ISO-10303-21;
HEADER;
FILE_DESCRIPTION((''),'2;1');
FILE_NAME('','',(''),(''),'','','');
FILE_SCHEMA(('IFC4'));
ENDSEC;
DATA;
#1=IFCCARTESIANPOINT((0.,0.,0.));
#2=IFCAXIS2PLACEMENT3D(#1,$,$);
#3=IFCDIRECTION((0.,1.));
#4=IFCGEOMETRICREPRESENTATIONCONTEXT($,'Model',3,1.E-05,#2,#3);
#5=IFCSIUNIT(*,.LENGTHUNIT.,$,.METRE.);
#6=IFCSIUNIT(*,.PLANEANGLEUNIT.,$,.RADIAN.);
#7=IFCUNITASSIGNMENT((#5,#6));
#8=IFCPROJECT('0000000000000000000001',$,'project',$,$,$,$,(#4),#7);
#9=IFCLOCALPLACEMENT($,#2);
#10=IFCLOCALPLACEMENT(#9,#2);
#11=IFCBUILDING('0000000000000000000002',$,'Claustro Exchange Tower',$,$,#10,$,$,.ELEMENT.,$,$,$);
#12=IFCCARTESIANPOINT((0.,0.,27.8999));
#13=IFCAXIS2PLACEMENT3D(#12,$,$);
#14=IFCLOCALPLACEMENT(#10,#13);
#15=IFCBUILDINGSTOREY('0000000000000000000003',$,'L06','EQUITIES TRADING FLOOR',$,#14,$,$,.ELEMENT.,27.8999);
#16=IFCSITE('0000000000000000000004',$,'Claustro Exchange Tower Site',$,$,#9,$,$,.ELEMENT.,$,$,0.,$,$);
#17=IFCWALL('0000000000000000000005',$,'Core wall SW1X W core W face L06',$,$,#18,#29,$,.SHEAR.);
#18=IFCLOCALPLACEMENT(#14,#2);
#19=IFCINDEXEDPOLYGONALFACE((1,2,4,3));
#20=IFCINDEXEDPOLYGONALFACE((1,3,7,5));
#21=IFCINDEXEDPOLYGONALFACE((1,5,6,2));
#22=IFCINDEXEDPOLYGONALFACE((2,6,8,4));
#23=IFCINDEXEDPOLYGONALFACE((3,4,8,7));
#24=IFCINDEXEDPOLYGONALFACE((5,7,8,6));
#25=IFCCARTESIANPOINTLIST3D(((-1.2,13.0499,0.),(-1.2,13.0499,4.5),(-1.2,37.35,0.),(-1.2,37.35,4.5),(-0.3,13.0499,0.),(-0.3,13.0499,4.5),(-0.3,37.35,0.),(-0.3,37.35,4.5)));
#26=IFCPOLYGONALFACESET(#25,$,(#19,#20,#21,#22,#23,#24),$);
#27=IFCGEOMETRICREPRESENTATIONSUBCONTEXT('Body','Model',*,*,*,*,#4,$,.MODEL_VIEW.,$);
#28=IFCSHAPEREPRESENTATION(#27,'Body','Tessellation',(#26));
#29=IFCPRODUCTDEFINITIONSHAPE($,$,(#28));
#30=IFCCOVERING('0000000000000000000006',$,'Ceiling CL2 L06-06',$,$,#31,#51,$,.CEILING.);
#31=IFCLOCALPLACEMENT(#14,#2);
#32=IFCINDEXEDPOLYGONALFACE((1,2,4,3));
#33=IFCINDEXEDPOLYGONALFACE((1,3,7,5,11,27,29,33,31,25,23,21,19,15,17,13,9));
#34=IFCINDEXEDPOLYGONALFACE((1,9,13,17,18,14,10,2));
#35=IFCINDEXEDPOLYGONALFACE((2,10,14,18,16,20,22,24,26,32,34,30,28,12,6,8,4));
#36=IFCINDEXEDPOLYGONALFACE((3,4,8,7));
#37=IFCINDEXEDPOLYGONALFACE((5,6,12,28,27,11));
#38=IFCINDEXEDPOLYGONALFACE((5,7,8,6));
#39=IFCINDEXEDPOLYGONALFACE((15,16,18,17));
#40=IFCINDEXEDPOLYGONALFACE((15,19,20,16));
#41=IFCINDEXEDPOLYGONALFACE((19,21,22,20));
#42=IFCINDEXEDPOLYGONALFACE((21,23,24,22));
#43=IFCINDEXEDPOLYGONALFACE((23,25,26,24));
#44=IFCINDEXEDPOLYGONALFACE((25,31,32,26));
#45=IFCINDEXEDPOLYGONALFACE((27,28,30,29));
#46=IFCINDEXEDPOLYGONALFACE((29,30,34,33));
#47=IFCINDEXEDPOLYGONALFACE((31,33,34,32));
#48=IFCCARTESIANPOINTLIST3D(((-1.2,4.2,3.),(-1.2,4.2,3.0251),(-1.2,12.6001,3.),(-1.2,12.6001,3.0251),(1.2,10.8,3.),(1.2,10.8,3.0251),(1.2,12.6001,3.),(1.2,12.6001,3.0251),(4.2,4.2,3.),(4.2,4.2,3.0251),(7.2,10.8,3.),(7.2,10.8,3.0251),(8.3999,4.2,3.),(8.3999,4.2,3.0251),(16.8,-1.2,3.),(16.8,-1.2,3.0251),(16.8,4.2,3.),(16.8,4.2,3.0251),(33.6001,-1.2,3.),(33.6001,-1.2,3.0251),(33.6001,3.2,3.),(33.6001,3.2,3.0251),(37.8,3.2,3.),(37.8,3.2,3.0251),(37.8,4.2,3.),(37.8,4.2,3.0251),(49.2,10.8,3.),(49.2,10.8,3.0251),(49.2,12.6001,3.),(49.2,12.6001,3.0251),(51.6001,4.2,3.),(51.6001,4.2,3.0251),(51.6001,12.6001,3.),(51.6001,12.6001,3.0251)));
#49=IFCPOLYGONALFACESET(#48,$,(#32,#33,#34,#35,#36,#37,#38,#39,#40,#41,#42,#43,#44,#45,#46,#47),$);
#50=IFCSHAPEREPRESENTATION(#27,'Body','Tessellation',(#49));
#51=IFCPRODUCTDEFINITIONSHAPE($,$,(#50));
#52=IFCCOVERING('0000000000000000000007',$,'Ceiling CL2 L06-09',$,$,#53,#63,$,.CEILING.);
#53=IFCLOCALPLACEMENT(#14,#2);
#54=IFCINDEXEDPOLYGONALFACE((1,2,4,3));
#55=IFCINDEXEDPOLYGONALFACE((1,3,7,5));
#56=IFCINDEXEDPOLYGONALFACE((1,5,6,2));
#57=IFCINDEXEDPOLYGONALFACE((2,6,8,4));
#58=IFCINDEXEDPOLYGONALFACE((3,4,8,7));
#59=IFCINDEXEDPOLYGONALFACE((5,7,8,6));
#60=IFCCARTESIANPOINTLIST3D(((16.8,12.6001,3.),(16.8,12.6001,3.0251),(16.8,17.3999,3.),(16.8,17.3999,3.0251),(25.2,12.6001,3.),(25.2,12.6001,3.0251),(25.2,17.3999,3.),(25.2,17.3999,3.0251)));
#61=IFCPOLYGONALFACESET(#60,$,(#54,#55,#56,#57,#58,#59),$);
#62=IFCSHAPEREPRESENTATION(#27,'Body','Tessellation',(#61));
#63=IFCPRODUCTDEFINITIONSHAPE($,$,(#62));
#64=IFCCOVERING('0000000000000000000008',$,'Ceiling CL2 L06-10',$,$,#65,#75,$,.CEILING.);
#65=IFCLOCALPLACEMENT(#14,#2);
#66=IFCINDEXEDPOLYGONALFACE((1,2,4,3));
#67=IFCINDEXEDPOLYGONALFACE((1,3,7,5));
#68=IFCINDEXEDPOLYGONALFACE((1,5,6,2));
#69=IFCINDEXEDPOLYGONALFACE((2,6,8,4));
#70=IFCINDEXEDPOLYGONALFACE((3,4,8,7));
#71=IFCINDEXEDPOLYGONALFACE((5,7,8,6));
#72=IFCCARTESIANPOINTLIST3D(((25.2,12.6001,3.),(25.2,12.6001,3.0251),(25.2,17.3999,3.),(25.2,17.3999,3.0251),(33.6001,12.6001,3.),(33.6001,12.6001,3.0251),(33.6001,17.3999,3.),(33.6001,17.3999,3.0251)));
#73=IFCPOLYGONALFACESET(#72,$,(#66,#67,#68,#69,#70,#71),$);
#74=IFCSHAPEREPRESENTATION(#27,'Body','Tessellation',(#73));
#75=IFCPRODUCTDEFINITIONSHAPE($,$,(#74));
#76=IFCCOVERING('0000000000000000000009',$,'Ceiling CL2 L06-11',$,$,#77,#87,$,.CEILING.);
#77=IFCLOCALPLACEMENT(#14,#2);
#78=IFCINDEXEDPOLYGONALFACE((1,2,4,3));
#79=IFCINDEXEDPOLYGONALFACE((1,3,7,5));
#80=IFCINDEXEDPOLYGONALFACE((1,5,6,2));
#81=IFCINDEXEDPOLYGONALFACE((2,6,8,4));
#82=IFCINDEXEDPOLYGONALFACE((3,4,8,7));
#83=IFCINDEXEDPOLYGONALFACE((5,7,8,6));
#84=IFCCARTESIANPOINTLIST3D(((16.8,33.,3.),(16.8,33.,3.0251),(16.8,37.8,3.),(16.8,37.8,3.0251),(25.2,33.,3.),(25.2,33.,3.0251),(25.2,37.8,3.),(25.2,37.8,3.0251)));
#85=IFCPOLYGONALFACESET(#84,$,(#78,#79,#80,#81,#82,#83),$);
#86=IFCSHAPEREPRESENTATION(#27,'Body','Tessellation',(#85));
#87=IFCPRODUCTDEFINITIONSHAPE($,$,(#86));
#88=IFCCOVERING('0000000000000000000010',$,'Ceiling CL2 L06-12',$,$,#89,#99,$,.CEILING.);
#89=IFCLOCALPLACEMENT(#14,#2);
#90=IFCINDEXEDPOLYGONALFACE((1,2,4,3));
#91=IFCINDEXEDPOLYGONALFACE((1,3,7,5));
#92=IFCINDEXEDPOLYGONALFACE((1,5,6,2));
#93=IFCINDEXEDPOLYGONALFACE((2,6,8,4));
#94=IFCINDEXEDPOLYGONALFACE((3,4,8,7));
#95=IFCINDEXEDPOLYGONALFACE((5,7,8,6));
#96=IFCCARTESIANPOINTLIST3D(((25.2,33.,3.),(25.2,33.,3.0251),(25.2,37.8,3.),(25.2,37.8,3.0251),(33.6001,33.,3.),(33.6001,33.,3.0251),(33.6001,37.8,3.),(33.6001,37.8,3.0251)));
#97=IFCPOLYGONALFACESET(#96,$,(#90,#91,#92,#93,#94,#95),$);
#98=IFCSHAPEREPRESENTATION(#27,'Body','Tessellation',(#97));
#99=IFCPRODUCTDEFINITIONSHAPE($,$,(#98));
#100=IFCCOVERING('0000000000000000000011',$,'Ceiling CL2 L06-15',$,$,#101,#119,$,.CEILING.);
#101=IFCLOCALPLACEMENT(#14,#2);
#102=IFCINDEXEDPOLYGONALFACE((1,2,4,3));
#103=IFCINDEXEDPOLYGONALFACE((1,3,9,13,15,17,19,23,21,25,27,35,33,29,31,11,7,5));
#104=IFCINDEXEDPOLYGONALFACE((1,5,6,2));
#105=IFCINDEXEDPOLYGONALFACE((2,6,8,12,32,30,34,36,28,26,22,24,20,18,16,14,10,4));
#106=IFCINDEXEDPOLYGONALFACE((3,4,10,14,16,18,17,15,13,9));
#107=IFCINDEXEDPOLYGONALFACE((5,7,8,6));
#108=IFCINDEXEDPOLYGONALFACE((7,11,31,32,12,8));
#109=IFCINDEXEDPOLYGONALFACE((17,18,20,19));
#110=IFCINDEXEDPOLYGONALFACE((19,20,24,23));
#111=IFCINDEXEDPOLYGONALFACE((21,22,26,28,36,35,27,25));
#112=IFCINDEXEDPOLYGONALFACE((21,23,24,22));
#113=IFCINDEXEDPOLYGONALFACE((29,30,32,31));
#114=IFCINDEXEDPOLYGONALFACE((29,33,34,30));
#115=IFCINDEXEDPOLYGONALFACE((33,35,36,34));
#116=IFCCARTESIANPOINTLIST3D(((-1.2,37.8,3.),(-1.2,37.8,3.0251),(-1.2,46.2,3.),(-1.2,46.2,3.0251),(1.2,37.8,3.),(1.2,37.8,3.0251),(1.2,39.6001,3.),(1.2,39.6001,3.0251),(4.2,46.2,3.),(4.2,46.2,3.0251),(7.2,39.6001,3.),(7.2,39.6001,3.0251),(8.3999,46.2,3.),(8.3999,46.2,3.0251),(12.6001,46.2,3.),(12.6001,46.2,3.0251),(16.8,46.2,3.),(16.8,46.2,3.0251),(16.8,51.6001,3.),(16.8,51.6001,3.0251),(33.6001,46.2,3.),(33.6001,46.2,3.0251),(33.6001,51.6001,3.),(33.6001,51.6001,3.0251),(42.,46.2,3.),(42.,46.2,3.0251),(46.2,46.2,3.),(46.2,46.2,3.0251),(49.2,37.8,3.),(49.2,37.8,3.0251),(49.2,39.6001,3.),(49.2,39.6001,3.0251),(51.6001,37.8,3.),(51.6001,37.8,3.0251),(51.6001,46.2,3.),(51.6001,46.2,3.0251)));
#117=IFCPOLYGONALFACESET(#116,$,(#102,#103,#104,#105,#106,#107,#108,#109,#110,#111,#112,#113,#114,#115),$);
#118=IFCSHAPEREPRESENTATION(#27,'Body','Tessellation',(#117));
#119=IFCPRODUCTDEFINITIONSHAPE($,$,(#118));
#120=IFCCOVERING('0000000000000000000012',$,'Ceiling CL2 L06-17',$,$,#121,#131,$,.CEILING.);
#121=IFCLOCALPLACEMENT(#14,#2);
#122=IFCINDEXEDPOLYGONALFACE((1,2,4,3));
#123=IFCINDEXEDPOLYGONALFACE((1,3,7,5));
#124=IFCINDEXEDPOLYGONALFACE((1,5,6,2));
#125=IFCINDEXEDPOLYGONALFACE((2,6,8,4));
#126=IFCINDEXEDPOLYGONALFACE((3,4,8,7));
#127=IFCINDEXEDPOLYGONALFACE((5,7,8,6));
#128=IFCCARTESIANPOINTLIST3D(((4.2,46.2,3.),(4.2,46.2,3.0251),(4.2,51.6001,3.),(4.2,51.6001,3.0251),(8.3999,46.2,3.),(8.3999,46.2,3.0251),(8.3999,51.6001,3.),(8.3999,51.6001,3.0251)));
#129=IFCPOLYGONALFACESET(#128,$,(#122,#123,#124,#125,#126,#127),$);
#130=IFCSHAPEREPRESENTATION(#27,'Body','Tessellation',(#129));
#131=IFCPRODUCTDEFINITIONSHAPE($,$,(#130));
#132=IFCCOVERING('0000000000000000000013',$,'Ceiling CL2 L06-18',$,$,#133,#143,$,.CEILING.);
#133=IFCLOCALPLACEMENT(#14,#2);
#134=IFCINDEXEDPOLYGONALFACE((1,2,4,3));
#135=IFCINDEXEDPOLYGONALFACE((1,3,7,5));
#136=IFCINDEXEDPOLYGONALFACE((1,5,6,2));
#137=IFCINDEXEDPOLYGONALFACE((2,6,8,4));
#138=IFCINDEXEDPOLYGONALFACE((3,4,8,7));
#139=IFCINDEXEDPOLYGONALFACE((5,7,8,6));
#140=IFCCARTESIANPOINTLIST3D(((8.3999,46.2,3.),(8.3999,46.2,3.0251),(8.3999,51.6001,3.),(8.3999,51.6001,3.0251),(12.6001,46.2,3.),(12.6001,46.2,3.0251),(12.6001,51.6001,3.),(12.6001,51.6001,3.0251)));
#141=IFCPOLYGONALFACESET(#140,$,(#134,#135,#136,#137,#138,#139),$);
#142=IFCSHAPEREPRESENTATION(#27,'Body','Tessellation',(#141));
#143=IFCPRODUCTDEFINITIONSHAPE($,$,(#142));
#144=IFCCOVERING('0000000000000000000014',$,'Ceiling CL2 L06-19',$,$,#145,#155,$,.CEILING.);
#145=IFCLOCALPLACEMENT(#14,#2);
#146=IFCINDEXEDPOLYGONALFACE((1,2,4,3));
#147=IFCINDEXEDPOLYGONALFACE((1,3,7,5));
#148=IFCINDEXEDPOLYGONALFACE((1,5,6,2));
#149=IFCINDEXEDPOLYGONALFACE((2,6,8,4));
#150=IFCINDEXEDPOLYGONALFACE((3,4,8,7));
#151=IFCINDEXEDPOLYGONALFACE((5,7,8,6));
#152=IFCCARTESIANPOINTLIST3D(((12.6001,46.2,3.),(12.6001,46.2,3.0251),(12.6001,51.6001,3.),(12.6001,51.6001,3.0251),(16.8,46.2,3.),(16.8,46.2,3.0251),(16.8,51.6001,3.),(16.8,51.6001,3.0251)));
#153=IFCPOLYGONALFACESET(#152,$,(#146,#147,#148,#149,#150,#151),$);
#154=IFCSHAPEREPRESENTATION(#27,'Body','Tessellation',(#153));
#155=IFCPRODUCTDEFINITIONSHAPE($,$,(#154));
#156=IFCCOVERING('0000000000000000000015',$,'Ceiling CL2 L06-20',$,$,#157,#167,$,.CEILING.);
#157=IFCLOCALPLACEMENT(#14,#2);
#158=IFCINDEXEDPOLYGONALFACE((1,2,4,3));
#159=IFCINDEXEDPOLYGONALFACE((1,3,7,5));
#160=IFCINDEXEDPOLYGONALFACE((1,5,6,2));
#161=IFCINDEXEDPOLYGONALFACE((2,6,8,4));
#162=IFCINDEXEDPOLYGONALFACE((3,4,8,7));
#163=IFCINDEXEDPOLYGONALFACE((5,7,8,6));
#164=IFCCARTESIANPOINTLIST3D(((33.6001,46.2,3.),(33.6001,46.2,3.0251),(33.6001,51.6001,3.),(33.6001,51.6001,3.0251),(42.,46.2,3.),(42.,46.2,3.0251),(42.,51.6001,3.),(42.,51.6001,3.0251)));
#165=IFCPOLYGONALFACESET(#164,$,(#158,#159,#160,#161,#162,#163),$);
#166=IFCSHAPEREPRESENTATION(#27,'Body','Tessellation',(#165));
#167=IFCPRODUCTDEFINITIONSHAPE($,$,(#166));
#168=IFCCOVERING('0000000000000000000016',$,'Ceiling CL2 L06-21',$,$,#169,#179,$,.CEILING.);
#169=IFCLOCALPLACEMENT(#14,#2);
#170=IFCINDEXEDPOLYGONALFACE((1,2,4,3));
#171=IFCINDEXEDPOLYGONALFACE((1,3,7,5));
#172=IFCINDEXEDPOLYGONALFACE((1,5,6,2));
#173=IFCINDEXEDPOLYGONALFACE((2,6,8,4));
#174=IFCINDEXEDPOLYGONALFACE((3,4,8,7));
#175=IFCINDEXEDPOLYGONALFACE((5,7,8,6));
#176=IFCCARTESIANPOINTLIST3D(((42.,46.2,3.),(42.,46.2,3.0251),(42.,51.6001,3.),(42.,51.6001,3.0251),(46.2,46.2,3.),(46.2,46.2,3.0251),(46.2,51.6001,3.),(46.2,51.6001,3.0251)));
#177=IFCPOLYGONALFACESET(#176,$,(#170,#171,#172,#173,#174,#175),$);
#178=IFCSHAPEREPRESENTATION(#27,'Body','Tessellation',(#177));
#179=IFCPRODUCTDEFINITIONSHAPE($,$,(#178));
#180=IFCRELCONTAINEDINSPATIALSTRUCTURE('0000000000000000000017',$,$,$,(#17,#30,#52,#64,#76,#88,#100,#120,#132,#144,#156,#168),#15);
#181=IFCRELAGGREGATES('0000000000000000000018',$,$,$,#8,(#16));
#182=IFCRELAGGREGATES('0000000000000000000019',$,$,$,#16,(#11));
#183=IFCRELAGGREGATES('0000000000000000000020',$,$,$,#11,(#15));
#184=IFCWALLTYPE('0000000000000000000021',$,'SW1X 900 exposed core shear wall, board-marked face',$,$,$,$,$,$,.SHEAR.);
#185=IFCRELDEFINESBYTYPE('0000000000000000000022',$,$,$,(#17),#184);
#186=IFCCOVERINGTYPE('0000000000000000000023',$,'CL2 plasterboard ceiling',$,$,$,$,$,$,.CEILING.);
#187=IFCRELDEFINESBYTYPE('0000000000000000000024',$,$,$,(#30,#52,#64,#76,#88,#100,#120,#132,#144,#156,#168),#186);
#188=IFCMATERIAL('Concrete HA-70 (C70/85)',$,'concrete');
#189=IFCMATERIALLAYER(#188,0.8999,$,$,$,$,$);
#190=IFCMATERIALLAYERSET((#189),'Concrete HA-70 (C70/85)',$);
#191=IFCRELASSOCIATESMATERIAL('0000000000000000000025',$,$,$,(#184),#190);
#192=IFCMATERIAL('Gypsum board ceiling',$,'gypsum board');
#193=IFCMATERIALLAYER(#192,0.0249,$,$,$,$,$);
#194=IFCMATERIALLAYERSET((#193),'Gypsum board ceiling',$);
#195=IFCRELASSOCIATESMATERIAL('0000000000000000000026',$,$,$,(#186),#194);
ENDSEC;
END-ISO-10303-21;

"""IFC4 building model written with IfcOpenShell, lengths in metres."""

from ifc_helpers import new_model, si_unit, direction, frame, frame_2d, origin, place, context, subcontext, project, spatial, polyline, rectangle, outline, extrude, material, layer, layer_set, type_object, element, save


model = new_model("IFC4")

# Units and contexts
model_context = context("Model", 3, precision=1e-05, world=origin(), true_north=direction((0.0, 1.0)))
body_context = subcontext(model_context, "Body", "Model", "MODEL_VIEW")
ifc_project = project(units=[si_unit("LENGTHUNIT", "METRE"), si_unit("PLANEANGLEUNIT", "RADIAN")], contexts=[model_context])

# Site, building, storey
site_placement = place(None, origin())
site = spatial("IfcSite", under=ifc_project, at=site_placement, Name="Claustro Exchange Tower Site", CompositionType="ELEMENT", RefElevation=0.0)
building_placement = place(site_placement, origin())
building = spatial("IfcBuilding", under=site, at=building_placement, Name="Claustro Exchange Tower", CompositionType="ELEMENT")
storey_placement = place(building_placement, frame((0.0, 0.0, 27.8999)))
storey = spatial("IfcBuildingStorey", under=building, at=storey_placement, Name="L06", Description="EQUITIES TRADING FLOOR", CompositionType="ELEMENT", Elevation=27.8999)

# Wall
ifc_material_1 = material(Name="Concrete HA-70 (C70/85)", Category="concrete")
ifc_layer_1 = layer(ifc_material_1, 0.8999)
ifc_layer_set_1 = layer_set([ifc_layer_1], Name="Concrete HA-70 (C70/85)")
wall_type_1 = type_object("IfcWallType", Name="SW1X 900 exposed core shear wall, board-marked face", PredefinedType="SHEAR", material=ifc_layer_set_1)
wall_1_placement = place(storey_placement, frame((-0.75, 13.05, 0.0), z_axis=(0.0, 0.0, 1.0), x_axis=(0.0, 1.0, 0.0)))
element("IfcWall", 1, at=wall_1_placement, inside=storey, type_object=wall_type_1, Name="Core wall SW1X W core W face L06", PredefinedType="SHEAR", context=body_context, shape_type="SweptSolid", body=[
    extrude(rectangle(XDim=24.3, YDim=0.8999, at=frame_2d((12.1499, 0.0))), origin(), (0.0, 0.0, 1.0), 4.5),
])

# Coverings
ifc_material_2 = material(Name="Gypsum board ceiling", Category="gypsum board")
ifc_layer_2 = layer(ifc_material_2, 0.0249)
ifc_layer_set_2 = layer_set([ifc_layer_2], Name="Gypsum board ceiling")
covering_type_1 = type_object("IfcCoveringType", Name="CL2 plasterboard ceiling", PredefinedType="CEILING", material=ifc_layer_set_2)
covering_1_placement = place(storey_placement, frame((0.0, 0.0, 3.0)))
element("IfcCovering", 2, at=covering_1_placement, inside=storey, type_object=covering_type_1, Name="Ceiling CL2 L06-06", PredefinedType="CEILING", context=body_context, shape_type="SweptSolid", body=[
    extrude(outline(polyline([(-1.2, 12.6001), (-1.2, 4.2), (4.2, 4.2), (8.3999, 4.2), (16.8, 4.2), (16.8, -1.2), (33.6001, -1.2), (33.6001, 3.2), (37.8, 3.2), (37.8, 4.2), (51.6001, 4.2), (51.6001, 12.6001), (49.2, 12.6001), (49.2, 10.8), (7.2, 10.8), (1.2, 10.8), (1.2, 12.6001), (-1.2, 12.6001)])), origin(), (0.0, 0.0, 1.0), 0.0251),
])
covering_2_placement = place(storey_placement, frame((0.0, 0.0, 3.0)))
element("IfcCovering", 3, at=covering_2_placement, inside=storey, type_object=covering_type_1, Name="Ceiling CL2 L06-09", PredefinedType="CEILING", context=body_context, shape_type="SweptSolid", body=[
    extrude(outline(polyline([(16.8, 17.3999), (16.8, 12.6001), (25.2, 12.6001), (25.2, 17.3999), (16.8, 17.3999)])), origin(), (0.0, 0.0, 1.0), 0.0251),
])
covering_3_placement = place(storey_placement, frame((0.0, 0.0, 3.0)))
element("IfcCovering", 4, at=covering_3_placement, inside=storey, type_object=covering_type_1, Name="Ceiling CL2 L06-10", PredefinedType="CEILING", context=body_context, shape_type="SweptSolid", body=[
    extrude(outline(polyline([(33.6001, 17.3999), (25.2, 17.3999), (25.2, 12.6001), (33.6001, 12.6001), (33.6001, 17.3999)])), origin(), (0.0, 0.0, 1.0), 0.0251),
])
covering_4_placement = place(storey_placement, frame((0.0, 0.0, 3.0)))
element("IfcCovering", 5, at=covering_4_placement, inside=storey, type_object=covering_type_1, Name="Ceiling CL2 L06-11", PredefinedType="CEILING", context=body_context, shape_type="SweptSolid", body=[
    extrude(outline(polyline([(16.8, 33.0), (25.2, 33.0), (25.2, 37.8), (16.8, 37.8), (16.8, 33.0)])), origin(), (0.0, 0.0, 1.0), 0.0251),
])
covering_5_placement = place(storey_placement, frame((0.0, 0.0, 3.0)))
element("IfcCovering", 6, at=covering_5_placement, inside=storey, type_object=covering_type_1, Name="Ceiling CL2 L06-12", PredefinedType="CEILING", context=body_context, shape_type="SweptSolid", body=[
    extrude(outline(polyline([(33.6001, 33.0), (33.6001, 37.8), (25.2, 37.8), (25.2, 33.0), (33.6001, 33.0)])), origin(), (0.0, 0.0, 1.0), 0.0251),
])
covering_6_placement = place(storey_placement, frame((0.0, 0.0, 3.0)))
element("IfcCovering", 7, at=covering_6_placement, inside=storey, type_object=covering_type_1, Name="Ceiling CL2 L06-15", PredefinedType="CEILING", context=body_context, shape_type="SweptSolid", body=[
    extrude(outline(polyline([(-1.2, 46.2), (-1.2, 37.8), (1.2, 37.8), (1.2, 39.6001), (7.2, 39.6001), (49.2, 39.6001), (49.2, 37.8), (51.6001, 37.8), (51.6001, 46.2), (46.2, 46.2), (42.0, 46.2), (33.6001, 46.2), (33.6001, 51.6001), (16.8, 51.6001), (16.8, 46.2), (12.6001, 46.2), (8.3999, 46.2), (4.2, 46.2), (-1.2, 46.2)])), origin(), (0.0, 0.0, 1.0), 0.0251),
])
covering_7_placement = place(storey_placement, frame((0.0, 0.0, 3.0)))
element("IfcCovering", 8, at=covering_7_placement, inside=storey, type_object=covering_type_1, Name="Ceiling CL2 L06-17", PredefinedType="CEILING", context=body_context, shape_type="SweptSolid", body=[
    extrude(outline(polyline([(8.3999, 51.6001), (4.2, 51.6001), (4.2, 46.2), (8.3999, 46.2), (8.3999, 51.6001)])), origin(), (0.0, 0.0, 1.0), 0.0251),
])
covering_8_placement = place(storey_placement, frame((0.0, 0.0, 3.0)))
element("IfcCovering", 9, at=covering_8_placement, inside=storey, type_object=covering_type_1, Name="Ceiling CL2 L06-18", PredefinedType="CEILING", context=body_context, shape_type="SweptSolid", body=[
    extrude(outline(polyline([(12.6001, 51.6001), (8.3999, 51.6001), (8.3999, 46.2), (12.6001, 46.2), (12.6001, 51.6001)])), origin(), (0.0, 0.0, 1.0), 0.0251),
])
covering_9_placement = place(storey_placement, frame((0.0, 0.0, 3.0)))
element("IfcCovering", 10, at=covering_9_placement, inside=storey, type_object=covering_type_1, Name="Ceiling CL2 L06-19", PredefinedType="CEILING", context=body_context, shape_type="SweptSolid", body=[
    extrude(outline(polyline([(16.8, 51.6001), (12.6001, 51.6001), (12.6001, 46.2), (16.8, 46.2), (16.8, 51.6001)])), origin(), (0.0, 0.0, 1.0), 0.0251),
])
covering_10_placement = place(storey_placement, frame((0.0, 0.0, 3.0)))
element("IfcCovering", 11, at=covering_10_placement, inside=storey, type_object=covering_type_1, Name="Ceiling CL2 L06-20", PredefinedType="CEILING", context=body_context, shape_type="SweptSolid", body=[
    extrude(outline(polyline([(42.0, 51.6001), (33.6001, 51.6001), (33.6001, 46.2), (42.0, 46.2), (42.0, 51.6001)])), origin(), (0.0, 0.0, 1.0), 0.0251),
])
covering_11_placement = place(storey_placement, frame((0.0, 0.0, 3.0)))
element("IfcCovering", 12, at=covering_11_placement, inside=storey, type_object=covering_type_1, Name="Ceiling CL2 L06-21", PredefinedType="CEILING", context=body_context, shape_type="SweptSolid", body=[
    extrude(outline(polyline([(46.2, 51.6001), (42.0, 51.6001), (42.0, 46.2), (46.2, 46.2), (46.2, 51.6001)])), origin(), (0.0, 0.0, 1.0), 0.0251),
])

save(model, "model.ifc")
